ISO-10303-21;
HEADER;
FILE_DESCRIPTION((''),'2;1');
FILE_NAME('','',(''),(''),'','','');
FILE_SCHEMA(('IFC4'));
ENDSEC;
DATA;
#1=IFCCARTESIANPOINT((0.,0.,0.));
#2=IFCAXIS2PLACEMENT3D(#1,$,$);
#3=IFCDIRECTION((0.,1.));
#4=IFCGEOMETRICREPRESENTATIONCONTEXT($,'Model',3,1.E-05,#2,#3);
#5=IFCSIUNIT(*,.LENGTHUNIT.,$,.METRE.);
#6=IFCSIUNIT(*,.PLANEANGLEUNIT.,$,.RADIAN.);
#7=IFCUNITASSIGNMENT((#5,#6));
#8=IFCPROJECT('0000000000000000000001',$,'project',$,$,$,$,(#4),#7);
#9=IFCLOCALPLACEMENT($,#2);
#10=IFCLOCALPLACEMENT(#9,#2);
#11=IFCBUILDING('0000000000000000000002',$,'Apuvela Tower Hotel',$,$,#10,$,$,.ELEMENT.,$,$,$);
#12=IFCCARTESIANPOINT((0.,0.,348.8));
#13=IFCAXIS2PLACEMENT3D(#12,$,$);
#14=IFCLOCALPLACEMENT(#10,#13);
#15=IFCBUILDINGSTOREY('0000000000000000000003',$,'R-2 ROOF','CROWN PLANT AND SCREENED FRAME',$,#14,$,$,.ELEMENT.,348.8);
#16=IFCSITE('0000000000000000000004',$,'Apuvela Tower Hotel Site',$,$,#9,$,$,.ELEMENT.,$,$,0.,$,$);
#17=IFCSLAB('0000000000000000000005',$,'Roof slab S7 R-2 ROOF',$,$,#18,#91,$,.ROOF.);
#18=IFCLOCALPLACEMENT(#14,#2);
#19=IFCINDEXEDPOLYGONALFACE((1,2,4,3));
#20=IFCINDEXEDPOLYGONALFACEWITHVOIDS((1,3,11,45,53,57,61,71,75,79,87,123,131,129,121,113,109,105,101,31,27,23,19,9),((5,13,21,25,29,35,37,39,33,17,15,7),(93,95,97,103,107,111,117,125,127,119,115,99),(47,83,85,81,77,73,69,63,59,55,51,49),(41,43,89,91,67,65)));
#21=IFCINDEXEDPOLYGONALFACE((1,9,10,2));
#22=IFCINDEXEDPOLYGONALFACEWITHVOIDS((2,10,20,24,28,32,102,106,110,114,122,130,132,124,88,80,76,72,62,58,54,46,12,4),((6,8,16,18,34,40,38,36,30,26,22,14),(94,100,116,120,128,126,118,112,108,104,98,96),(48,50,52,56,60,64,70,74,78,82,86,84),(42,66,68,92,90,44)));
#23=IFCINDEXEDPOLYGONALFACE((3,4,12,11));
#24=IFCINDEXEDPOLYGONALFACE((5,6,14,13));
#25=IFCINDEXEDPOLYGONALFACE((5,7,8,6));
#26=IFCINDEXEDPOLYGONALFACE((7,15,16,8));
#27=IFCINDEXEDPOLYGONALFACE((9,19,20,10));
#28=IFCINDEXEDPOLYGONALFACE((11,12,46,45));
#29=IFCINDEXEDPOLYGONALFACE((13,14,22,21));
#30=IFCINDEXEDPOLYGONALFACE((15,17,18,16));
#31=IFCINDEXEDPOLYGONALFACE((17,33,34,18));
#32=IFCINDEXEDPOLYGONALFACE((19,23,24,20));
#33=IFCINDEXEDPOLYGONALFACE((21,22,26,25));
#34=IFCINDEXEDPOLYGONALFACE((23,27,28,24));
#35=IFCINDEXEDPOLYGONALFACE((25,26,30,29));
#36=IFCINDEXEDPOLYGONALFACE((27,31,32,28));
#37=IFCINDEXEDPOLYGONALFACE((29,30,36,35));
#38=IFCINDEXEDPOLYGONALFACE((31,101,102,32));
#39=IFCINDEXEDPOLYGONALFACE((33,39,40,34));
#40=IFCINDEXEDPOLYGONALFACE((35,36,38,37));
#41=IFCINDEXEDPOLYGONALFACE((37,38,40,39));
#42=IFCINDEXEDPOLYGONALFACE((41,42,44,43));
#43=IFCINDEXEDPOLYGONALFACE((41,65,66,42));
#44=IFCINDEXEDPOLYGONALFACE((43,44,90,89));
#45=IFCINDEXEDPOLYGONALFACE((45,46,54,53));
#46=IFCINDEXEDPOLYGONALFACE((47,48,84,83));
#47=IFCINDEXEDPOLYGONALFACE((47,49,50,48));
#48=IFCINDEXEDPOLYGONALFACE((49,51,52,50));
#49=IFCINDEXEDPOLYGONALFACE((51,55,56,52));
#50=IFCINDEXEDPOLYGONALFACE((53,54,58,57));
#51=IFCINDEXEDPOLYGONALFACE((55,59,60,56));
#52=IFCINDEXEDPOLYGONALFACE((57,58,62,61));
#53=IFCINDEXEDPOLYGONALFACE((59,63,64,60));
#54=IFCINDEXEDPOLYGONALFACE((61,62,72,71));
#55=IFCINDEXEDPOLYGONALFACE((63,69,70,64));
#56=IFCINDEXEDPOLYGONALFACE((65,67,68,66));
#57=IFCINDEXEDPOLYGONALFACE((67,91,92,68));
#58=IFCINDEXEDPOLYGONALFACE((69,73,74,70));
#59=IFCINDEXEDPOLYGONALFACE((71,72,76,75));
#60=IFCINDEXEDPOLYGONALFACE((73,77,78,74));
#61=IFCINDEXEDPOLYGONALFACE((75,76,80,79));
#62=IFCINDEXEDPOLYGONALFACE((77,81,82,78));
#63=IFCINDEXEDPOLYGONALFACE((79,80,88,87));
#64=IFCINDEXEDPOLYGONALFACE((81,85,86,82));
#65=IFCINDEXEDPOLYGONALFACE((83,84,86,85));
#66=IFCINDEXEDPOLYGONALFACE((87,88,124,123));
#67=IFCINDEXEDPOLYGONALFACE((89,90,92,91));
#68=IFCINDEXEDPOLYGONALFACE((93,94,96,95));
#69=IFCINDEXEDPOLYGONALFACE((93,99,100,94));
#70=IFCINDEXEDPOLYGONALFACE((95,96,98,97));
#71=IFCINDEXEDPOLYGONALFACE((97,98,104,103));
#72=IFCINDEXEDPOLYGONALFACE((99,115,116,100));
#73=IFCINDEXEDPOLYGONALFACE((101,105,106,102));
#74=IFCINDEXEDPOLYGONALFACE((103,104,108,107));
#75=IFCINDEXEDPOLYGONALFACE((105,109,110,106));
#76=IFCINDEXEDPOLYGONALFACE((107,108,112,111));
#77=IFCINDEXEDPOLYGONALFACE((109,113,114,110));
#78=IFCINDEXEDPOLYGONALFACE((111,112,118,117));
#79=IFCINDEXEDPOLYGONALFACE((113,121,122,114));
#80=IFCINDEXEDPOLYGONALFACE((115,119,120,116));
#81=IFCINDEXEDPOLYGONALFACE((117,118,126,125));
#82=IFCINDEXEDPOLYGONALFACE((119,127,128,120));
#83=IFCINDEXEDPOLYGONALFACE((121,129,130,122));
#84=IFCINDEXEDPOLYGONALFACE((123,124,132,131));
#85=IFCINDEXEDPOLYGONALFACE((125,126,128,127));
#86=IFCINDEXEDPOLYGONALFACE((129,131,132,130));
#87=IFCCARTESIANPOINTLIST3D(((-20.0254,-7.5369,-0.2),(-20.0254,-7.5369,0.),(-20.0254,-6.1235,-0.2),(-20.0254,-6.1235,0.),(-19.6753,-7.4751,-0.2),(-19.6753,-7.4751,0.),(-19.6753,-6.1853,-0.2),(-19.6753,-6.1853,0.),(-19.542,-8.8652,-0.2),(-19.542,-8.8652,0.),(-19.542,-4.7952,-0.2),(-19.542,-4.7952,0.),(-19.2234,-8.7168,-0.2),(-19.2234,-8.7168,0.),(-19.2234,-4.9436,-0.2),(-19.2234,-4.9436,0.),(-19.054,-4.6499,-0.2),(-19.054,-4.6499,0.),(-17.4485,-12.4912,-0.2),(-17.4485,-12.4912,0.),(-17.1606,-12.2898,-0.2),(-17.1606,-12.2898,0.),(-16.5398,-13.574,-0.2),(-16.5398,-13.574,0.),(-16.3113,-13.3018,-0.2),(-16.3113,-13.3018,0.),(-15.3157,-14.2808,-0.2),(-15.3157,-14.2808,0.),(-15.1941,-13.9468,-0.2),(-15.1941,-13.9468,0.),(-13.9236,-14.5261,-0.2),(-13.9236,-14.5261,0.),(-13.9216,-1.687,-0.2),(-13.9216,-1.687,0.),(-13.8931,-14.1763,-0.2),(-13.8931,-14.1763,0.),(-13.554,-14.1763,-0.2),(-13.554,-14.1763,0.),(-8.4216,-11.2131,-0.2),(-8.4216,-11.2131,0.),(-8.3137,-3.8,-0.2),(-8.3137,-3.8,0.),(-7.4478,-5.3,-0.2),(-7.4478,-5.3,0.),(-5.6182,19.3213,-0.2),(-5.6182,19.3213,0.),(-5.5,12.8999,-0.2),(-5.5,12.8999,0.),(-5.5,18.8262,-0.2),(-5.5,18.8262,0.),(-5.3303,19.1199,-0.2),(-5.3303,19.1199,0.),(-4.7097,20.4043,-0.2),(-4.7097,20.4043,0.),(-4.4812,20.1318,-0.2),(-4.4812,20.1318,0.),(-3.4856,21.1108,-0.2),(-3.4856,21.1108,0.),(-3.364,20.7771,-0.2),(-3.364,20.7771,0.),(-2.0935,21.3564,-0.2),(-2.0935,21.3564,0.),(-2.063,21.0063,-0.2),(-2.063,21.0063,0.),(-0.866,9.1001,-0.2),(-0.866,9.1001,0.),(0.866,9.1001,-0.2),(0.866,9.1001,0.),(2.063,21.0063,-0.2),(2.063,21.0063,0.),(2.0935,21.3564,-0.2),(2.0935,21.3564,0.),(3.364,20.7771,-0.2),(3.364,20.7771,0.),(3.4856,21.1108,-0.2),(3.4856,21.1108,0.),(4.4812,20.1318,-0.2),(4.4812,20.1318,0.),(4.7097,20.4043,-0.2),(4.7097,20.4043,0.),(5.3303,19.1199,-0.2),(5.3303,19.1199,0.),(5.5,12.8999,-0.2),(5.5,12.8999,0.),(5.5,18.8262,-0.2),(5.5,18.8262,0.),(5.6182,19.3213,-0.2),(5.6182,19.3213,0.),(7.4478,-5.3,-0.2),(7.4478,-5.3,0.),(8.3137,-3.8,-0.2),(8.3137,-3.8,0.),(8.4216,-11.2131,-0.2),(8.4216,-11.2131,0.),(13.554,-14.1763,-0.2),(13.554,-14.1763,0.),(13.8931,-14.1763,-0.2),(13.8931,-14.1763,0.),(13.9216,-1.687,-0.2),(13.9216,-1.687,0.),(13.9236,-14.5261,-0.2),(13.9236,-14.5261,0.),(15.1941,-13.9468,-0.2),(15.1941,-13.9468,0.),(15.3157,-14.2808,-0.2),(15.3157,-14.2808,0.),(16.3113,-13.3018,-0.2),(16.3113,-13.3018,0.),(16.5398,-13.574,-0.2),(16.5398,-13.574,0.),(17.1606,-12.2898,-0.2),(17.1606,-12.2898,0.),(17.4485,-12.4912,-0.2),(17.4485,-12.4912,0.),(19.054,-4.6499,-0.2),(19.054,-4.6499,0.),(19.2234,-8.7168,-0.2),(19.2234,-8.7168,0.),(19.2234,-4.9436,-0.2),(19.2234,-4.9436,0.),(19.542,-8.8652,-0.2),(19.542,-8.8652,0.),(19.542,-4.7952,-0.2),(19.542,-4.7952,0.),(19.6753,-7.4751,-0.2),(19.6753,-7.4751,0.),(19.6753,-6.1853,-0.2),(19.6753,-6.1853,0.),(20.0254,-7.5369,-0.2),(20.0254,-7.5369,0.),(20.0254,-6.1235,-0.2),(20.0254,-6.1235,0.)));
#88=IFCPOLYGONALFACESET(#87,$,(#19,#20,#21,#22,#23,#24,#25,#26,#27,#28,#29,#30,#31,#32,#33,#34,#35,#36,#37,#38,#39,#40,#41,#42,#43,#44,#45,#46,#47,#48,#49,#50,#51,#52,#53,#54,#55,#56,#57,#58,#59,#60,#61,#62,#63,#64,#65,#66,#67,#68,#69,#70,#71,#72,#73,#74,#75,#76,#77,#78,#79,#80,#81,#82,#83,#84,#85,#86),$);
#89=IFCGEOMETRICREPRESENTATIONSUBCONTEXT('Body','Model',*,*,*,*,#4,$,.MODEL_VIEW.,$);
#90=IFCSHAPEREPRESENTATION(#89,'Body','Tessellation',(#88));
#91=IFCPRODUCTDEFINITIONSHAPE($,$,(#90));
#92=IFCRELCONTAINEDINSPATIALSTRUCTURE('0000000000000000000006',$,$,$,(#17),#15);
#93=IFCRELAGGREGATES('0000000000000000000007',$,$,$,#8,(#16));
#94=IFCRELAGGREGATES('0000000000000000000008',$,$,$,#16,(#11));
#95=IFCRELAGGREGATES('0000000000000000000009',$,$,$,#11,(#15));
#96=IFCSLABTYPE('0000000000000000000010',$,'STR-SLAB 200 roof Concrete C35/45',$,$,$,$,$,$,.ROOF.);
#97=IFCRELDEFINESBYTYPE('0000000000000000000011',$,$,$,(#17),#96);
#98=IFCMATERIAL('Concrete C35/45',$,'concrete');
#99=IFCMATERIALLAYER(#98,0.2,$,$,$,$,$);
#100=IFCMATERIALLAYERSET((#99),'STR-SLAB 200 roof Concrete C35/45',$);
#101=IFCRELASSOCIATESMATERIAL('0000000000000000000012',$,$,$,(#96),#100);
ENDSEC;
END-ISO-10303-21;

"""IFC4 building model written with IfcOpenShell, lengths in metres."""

from ifc_helpers import new_model, si_unit, direction, frame, origin, place, context, subcontext, project, spatial, polyline, outline, extrude, material, layer, layer_set, type_object, element, save


model = new_model("IFC4")

# Units and contexts
model_context = context("Model", 3, precision=1e-05, world=origin(), true_north=direction((0.0, 1.0)))
body_context = subcontext(model_context, "Body", "Model", "MODEL_VIEW")
ifc_project = project(units=[si_unit("LENGTHUNIT", "METRE"), si_unit("PLANEANGLEUNIT", "RADIAN")], contexts=[model_context])

# Site, building, storey
site_placement = place(None, origin())
site = spatial("IfcSite", under=ifc_project, at=site_placement, Name="Apuvela Tower Hotel Site", CompositionType="ELEMENT", RefElevation=0.0)
building_placement = place(site_placement, origin())
building = spatial("IfcBuilding", under=site, at=building_placement, Name="Apuvela Tower Hotel", CompositionType="ELEMENT")
storey_placement = place(building_placement, frame((0.0, 0.0, 348.8)))
storey = spatial("IfcBuildingStorey", under=building, at=storey_placement, Name="R-2 ROOF", Description="CROWN PLANT AND SCREENED FRAME", CompositionType="ELEMENT", Elevation=348.8)

# Slab
ifc_material_1 = material(Name="Concrete C35/45", Category="concrete")
ifc_layer_1 = layer(ifc_material_1, 0.2)
ifc_layer_set_1 = layer_set([ifc_layer_1], Name="STR-SLAB 200 roof Concrete C35/45")
slab_type = type_object("IfcSlabType", Name="STR-SLAB 200 roof Concrete C35/45", PredefinedType="ROOF", material=ifc_layer_set_1)
slab_placement = place(storey_placement, frame((0.0, 0.0, -0.2)))
element("IfcSlab", 1, at=slab_placement, inside=storey, type_object=slab_type, Name="Roof slab S7 R-2 ROOF", PredefinedType="ROOF", context=body_context, shape_type="SweptSolid", body=[
    extrude(outline(polyline([(5.6182, 19.3213), (4.7097, 20.4043), (3.4856, 21.1108), (2.0935, 21.3564), (-2.0935, 21.3564), (-3.4856, 21.1108), (-4.7097, 20.4043), (-5.6182, 19.3213), (-19.542, -4.7952), (-20.0254, -6.1235), (-20.0254, -7.5369), (-19.542, -8.8652), (-17.4485, -12.4912), (-16.5398, -13.574), (-15.3157, -14.2808), (-13.9236, -14.5261), (13.9236, -14.5261), (15.3157, -14.2808), (16.5398, -13.574), (17.4485, -12.4912), (19.542, -8.8652), (20.0254, -7.5369), (20.0254, -6.1235), (19.542, -4.7952), (5.6182, 19.3213)]), holes=[polyline([(0.866, 9.1001), (-0.866, 9.1001), (-8.3137, -3.8), (-7.4478, -5.3), (7.4478, -5.3), (8.3137, -3.8), (0.866, 9.1001)]), polyline([(-5.5, 12.8999), (-5.5, 18.8262), (-5.3303, 19.1199), (-4.4812, 20.1318), (-3.364, 20.7771), (-2.063, 21.0063), (2.063, 21.0063), (3.364, 20.7771), (4.4812, 20.1318), (5.3303, 19.1199), (5.5, 18.8262), (5.5, 12.8999), (-5.5, 12.8999)]), polyline([(-8.4216, -11.2131), (-13.554, -14.1763), (-13.8931, -14.1763), (-15.1941, -13.9468), (-16.3113, -13.3018), (-17.1606, -12.2898), (-19.2234, -8.7168), (-19.6753, -7.4751), (-19.6753, -6.1853), (-19.2234, -4.9436), (-19.054, -4.6499), (-13.9216, -1.687), (-8.4216, -11.2131)]), polyline([(13.9216, -1.687), (19.054, -4.6499), (19.2234, -4.9436), (19.6753, -6.1853), (19.6753, -7.4751), (19.2234, -8.7168), (17.1606, -12.2898), (16.3113, -13.3018), (15.1941, -13.9468), (13.8931, -14.1763), (13.554, -14.1763), (8.4216, -11.2131), (13.9216, -1.687)])]), origin(), (0.0, 0.0, 1.0), 0.2),
])

save(model, "model.ifc")
